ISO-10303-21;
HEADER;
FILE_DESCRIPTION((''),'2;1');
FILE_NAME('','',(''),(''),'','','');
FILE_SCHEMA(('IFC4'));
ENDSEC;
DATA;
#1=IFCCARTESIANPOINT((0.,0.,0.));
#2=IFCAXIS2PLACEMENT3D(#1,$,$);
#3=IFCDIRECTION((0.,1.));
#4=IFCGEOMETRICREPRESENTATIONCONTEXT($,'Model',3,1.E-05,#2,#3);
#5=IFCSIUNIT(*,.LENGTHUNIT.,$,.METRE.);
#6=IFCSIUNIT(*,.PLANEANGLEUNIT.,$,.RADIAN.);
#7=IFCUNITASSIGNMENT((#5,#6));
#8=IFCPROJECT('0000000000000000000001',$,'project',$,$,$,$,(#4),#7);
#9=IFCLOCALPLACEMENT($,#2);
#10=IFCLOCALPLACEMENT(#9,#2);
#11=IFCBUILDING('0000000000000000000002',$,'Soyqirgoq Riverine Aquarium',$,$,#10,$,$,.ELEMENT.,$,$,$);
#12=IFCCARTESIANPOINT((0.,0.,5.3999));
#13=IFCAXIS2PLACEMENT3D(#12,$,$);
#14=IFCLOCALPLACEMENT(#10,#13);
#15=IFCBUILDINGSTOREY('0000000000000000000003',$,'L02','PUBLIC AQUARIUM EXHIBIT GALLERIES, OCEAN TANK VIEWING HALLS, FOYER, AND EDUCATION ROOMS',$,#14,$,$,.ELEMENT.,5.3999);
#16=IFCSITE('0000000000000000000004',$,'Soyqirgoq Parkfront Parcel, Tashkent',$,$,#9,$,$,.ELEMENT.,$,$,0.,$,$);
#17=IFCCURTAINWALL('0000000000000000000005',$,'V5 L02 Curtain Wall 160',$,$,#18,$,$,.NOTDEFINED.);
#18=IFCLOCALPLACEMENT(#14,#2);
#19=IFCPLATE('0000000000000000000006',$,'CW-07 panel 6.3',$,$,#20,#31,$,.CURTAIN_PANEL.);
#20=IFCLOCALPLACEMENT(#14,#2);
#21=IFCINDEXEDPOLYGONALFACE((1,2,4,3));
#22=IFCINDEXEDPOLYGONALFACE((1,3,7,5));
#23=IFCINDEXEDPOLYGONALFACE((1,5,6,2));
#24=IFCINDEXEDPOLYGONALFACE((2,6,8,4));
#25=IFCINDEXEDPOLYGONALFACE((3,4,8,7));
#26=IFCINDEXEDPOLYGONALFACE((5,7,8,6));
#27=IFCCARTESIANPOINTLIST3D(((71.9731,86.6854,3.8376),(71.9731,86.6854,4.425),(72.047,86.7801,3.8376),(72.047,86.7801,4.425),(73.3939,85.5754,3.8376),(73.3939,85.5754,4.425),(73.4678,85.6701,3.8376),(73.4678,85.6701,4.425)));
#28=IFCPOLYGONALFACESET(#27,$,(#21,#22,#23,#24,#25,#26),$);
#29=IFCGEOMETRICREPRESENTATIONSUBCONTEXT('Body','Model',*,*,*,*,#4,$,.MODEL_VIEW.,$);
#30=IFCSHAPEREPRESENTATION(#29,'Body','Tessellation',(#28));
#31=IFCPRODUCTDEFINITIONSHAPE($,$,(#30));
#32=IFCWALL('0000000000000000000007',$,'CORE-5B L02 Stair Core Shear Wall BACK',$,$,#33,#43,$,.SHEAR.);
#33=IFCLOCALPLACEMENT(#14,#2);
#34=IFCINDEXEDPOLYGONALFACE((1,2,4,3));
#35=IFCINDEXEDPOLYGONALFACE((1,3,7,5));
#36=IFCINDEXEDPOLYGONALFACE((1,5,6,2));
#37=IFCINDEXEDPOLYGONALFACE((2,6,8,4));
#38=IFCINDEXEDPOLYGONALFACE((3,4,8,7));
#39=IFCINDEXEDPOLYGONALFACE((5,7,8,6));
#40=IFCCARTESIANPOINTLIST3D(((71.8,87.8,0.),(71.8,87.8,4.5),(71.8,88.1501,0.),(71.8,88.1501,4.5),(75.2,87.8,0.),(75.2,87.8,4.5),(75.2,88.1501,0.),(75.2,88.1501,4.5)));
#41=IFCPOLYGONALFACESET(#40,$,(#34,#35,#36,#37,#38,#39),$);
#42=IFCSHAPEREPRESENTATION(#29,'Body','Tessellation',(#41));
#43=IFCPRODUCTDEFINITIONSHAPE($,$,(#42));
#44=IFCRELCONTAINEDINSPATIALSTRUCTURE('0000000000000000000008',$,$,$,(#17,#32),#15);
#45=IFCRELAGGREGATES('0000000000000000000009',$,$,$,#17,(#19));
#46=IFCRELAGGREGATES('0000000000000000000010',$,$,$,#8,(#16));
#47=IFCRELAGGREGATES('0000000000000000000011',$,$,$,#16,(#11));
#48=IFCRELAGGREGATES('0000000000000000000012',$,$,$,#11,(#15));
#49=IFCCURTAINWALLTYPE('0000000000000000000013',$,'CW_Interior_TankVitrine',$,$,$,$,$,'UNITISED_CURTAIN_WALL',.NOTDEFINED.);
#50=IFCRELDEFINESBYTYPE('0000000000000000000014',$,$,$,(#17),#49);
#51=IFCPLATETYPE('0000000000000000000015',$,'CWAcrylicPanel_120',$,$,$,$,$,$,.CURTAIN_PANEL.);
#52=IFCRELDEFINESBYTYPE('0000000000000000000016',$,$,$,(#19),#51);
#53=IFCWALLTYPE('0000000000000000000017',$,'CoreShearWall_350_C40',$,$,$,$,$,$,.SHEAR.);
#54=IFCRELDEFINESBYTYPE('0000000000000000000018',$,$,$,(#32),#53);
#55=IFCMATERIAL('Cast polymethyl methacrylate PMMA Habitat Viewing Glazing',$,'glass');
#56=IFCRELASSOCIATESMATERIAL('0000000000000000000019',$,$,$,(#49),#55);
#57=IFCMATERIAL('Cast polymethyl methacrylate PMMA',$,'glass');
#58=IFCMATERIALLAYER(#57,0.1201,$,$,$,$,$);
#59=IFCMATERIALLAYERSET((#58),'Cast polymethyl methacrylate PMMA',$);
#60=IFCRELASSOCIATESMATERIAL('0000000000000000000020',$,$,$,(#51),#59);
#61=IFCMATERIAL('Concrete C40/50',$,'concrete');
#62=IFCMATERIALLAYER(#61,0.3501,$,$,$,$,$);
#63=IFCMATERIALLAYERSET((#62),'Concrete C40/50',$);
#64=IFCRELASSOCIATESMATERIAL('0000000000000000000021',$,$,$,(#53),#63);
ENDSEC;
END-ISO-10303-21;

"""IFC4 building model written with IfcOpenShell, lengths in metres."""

from ifc_helpers import new_model, si_unit, direction, frame, frame_2d, origin, origin_2d, place, context, subcontext, project, spatial, rectangle, extrude, material, layer, layer_set, type_object, element, aggregate, save


model = new_model("IFC4")

# Units and contexts
model_context = context("Model", 3, precision=1e-05, world=origin(), true_north=direction((0.0, 1.0)))
body_context = subcontext(model_context, "Body", "Model", "MODEL_VIEW")
ifc_project = project(units=[si_unit("LENGTHUNIT", "METRE"), si_unit("PLANEANGLEUNIT", "RADIAN")], contexts=[model_context])

# Site, building, storey
site_placement = place(None, origin())
site = spatial("IfcSite", under=ifc_project, at=site_placement, Name="Soyqirgoq Parkfront Parcel, Tashkent", CompositionType="ELEMENT", RefElevation=0.0)
building_placement = place(site_placement, origin())
building = spatial("IfcBuilding", under=site, at=building_placement, Name="Soyqirgoq Riverine Aquarium", CompositionType="ELEMENT")
storey_placement = place(building_placement, frame((0.0, 0.0, 5.3999)))
storey = spatial("IfcBuildingStorey", under=building, at=storey_placement, Name="L02", Description="PUBLIC AQUARIUM EXHIBIT GALLERIES, OCEAN TANK VIEWING HALLS, FOYER, AND EDUCATION ROOMS", CompositionType="ELEMENT", Elevation=5.3999)

# Curtain wall
ifc_material_1 = material(Name="Cast polymethyl methacrylate PMMA Habitat Viewing Glazing", Category="glass")
curtain_wall_type = type_object("IfcCurtainWallType", Name="CW_Interior_TankVitrine", ElementType="UNITISED_CURTAIN_WALL", PredefinedType="NOTDEFINED", material=ifc_material_1)
curtain_wall_placement = place(storey_placement, origin())
curtain_wall = element("IfcCurtainWall", 1, at=curtain_wall_placement, inside=storey, type_object=curtain_wall_type, Name="V5 L02 Curtain Wall 160", PredefinedType="NOTDEFINED")

# Plate
ifc_material_2 = material(Name="Cast polymethyl methacrylate PMMA", Category="glass")
ifc_layer_1 = layer(ifc_material_2, 0.1201)
ifc_layer_set_1 = layer_set([ifc_layer_1], Name="Cast polymethyl methacrylate PMMA")
plate_type = type_object("IfcPlateType", Name="CWAcrylicPanel_120", PredefinedType="CURTAIN_PANEL", material=ifc_layer_set_1)
plate_1_placement = place(storey_placement, frame((72.7205, 86.1777, 3.8376), z_axis=(0.0, 0.0, 1.0), x_axis=(-0.788016, 0.615655, 0.0)))
plate_1 = element("IfcPlate", 2, at=plate_1_placement, type_object=plate_type, Name="CW-07 panel 6.3", PredefinedType="CURTAIN_PANEL", context=body_context, shape_type="SweptSolid", body=[
    extrude(rectangle(XDim=1.803, YDim=0.1201, at=origin_2d()), origin(), (0.0, 0.0, 1.0), 0.5874),
])
aggregate(curtain_wall, [plate_1])

# Wall
ifc_material_3 = material(Name="Concrete C40/50", Category="concrete")
ifc_layer_2 = layer(ifc_material_3, 0.3501)
ifc_layer_set_2 = layer_set([ifc_layer_2], Name="Concrete C40/50")
wall_type = type_object("IfcWallType", Name="CoreShearWall_350_C40", PredefinedType="SHEAR", material=ifc_layer_set_2)
wall_placement = place(storey_placement, frame((75.2, 87.9751, 0.0), z_axis=(0.0, 0.0, 1.0), x_axis=(-1.0, 0.0, 0.0)))
element("IfcWall", 3, at=wall_placement, inside=storey, type_object=wall_type, Name="CORE-5B L02 Stair Core Shear Wall BACK", PredefinedType="SHEAR", context=body_context, shape_type="SweptSolid", body=[
    extrude(rectangle(XDim=3.3999, YDim=0.3501, at=frame_2d((1.7, 0.0))), origin(), (0.0, 0.0, 1.0), 4.5),
])

save(model, "model.ifc")
